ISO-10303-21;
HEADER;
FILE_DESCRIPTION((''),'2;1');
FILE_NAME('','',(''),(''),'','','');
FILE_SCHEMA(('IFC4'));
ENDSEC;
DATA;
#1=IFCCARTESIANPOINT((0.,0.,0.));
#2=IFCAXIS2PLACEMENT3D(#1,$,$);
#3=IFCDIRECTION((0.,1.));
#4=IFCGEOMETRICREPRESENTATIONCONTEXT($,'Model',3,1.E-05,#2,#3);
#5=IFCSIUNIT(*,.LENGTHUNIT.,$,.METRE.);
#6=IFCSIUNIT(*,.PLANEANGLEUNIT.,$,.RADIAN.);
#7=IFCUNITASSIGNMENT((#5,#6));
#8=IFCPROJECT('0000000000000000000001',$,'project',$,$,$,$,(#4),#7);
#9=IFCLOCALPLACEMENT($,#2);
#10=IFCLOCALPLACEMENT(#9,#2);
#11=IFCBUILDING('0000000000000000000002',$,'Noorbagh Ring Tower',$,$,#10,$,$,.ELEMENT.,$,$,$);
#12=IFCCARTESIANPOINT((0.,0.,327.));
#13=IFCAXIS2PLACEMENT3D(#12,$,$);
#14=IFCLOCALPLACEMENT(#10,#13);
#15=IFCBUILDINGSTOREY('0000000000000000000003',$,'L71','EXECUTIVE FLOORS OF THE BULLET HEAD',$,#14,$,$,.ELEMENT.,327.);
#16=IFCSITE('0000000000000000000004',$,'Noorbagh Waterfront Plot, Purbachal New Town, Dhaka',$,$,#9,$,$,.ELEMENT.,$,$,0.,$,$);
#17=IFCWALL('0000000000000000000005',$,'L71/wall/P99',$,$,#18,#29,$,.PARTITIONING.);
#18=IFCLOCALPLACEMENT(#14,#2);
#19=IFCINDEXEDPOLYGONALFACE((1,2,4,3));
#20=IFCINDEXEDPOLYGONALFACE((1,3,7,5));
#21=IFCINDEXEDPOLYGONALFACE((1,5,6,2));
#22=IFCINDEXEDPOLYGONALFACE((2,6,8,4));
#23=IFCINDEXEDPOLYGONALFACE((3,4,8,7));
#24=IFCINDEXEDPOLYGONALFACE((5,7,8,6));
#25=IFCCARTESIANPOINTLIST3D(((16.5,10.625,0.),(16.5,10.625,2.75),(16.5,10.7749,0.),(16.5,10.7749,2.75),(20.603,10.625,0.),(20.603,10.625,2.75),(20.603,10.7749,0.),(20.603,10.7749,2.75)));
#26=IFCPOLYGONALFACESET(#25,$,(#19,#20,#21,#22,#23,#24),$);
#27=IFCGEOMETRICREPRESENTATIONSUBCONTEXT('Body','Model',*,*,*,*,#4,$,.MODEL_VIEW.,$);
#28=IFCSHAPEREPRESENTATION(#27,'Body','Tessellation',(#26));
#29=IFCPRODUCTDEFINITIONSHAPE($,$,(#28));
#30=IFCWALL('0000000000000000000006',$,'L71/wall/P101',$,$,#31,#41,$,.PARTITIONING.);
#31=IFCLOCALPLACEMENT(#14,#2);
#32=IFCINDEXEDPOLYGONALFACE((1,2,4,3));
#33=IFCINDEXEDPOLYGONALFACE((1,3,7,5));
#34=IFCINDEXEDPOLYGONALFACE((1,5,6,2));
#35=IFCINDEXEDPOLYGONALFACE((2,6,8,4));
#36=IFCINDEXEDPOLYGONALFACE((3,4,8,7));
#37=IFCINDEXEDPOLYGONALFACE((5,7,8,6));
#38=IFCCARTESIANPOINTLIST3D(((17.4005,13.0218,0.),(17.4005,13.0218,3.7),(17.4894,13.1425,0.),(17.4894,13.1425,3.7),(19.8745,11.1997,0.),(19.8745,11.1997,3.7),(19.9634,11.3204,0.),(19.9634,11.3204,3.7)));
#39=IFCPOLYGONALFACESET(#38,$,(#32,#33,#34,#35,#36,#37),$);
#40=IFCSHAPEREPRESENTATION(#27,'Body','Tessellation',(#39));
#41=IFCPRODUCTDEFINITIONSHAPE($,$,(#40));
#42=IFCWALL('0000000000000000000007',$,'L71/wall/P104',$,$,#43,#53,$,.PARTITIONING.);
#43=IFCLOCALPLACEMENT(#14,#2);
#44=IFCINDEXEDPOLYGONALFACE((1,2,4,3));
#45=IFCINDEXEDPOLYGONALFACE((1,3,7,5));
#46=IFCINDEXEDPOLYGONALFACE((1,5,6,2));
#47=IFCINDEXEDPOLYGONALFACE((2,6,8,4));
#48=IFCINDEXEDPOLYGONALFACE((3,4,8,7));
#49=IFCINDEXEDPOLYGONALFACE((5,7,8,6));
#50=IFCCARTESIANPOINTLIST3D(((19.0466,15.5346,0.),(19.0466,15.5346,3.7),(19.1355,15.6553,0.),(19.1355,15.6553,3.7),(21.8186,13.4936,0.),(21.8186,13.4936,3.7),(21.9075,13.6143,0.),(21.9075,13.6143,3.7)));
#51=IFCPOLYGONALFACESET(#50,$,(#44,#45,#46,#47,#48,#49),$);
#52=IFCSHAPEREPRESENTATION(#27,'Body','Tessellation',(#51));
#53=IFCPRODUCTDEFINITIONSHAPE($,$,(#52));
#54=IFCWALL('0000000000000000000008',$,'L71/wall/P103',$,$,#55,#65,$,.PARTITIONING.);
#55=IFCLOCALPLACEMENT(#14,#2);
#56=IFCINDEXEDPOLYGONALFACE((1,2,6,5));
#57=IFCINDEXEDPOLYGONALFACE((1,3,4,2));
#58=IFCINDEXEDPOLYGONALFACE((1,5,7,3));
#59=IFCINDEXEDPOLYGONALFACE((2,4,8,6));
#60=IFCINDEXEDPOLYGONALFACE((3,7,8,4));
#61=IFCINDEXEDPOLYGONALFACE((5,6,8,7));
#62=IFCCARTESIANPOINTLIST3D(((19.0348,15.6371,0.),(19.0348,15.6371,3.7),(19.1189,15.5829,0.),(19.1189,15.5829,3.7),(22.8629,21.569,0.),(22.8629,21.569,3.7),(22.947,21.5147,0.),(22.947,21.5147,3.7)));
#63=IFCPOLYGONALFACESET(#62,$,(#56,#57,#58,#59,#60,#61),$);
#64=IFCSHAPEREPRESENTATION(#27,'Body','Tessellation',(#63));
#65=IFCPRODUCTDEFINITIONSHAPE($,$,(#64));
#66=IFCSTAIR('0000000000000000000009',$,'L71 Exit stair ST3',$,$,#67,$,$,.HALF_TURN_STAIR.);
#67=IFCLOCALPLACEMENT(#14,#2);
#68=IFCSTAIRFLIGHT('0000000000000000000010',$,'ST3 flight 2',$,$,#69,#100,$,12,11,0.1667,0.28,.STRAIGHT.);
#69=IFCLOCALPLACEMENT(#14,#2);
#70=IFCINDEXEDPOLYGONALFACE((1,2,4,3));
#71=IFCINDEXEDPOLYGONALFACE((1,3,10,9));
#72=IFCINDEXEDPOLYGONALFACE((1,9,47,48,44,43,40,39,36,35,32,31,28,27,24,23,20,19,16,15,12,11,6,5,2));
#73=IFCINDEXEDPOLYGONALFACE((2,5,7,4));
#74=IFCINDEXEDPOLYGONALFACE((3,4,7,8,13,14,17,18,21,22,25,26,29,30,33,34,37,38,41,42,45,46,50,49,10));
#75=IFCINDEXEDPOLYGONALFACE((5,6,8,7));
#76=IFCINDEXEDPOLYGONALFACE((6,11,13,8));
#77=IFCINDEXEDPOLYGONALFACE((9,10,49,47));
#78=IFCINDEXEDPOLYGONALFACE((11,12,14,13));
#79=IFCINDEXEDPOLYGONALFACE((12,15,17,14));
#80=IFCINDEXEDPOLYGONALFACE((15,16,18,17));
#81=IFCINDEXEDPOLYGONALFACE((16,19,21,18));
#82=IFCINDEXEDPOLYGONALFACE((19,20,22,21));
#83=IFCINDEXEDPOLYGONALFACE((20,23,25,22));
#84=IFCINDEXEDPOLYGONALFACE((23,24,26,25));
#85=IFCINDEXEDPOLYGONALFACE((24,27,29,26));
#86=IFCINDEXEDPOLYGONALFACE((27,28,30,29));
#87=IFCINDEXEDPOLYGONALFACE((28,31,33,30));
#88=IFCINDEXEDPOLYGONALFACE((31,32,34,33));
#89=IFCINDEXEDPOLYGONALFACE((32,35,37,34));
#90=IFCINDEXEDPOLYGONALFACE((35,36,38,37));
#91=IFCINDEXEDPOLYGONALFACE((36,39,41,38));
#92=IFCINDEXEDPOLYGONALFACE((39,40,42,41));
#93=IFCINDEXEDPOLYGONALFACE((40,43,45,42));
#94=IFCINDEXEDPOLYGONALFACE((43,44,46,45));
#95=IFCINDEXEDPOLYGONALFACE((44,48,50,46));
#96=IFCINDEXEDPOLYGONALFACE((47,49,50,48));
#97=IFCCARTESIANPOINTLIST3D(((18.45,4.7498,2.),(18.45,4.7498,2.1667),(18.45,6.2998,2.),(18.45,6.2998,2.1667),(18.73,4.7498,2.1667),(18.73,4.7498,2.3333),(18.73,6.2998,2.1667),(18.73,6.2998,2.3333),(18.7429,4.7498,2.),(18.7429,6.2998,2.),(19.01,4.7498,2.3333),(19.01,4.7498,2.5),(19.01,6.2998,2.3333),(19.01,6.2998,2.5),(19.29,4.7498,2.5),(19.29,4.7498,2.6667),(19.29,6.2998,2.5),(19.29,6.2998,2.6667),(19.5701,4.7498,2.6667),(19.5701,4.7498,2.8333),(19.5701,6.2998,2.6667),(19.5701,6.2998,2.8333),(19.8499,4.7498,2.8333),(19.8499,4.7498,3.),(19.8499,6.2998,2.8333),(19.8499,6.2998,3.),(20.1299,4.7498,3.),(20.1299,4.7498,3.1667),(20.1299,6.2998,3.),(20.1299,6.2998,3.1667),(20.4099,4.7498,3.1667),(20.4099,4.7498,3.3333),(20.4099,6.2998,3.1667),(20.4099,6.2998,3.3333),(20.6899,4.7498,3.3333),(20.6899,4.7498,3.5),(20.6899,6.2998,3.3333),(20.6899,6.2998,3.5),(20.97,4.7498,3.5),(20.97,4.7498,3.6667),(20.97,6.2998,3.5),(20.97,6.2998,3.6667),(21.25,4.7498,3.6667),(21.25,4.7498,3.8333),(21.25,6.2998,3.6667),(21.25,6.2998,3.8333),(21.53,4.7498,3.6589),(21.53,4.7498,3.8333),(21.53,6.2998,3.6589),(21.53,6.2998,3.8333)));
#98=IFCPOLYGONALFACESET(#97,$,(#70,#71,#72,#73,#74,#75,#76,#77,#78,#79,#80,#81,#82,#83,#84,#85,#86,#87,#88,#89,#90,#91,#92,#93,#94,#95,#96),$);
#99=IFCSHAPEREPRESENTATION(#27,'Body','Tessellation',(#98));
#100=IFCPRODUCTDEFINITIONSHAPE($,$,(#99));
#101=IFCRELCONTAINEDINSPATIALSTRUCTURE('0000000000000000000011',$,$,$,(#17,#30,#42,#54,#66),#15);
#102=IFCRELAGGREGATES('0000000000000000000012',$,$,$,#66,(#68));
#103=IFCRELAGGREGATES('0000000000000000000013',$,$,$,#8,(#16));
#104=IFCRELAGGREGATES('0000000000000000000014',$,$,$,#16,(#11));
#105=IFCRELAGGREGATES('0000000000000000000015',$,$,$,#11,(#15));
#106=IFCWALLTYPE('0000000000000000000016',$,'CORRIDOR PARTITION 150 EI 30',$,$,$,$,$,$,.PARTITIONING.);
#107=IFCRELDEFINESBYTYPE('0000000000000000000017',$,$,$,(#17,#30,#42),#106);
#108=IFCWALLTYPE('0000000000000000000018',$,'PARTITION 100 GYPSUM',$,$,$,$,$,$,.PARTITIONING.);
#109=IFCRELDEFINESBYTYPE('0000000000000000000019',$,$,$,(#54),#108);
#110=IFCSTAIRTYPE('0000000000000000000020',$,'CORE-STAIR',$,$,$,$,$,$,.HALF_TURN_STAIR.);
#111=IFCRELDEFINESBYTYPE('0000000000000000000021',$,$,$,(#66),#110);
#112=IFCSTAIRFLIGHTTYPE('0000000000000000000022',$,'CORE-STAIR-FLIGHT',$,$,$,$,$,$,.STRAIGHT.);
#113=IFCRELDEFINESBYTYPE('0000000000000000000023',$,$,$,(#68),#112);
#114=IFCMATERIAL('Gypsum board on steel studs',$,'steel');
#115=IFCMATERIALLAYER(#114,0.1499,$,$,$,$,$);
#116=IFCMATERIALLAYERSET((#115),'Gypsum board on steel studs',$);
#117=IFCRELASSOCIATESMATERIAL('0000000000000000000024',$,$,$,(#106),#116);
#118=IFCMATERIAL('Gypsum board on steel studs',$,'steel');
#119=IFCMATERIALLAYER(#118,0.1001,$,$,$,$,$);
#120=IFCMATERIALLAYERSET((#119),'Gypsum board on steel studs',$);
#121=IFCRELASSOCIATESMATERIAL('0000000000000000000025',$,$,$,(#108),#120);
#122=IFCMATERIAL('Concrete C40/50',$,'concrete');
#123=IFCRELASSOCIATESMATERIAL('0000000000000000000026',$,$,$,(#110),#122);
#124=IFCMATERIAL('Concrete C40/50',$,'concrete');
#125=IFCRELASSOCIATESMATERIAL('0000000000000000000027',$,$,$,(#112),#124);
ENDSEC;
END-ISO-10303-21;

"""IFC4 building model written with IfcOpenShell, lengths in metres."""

from ifc_helpers import new_model, si_unit, direction, frame, frame_2d, origin, place, context, subcontext, project, spatial, polyline, rectangle, outline, extrude, material, layer, layer_set, type_object, element, aggregate, save


model = new_model("IFC4")

# Units and contexts
model_context = context("Model", 3, precision=1e-05, world=origin(), true_north=direction((0.0, 1.0)))
body_context = subcontext(model_context, "Body", "Model", "MODEL_VIEW")
ifc_project = project(units=[si_unit("LENGTHUNIT", "METRE"), si_unit("PLANEANGLEUNIT", "RADIAN")], contexts=[model_context])

# Site, building, storey
site_placement = place(None, origin())
site = spatial("IfcSite", under=ifc_project, at=site_placement, Name="Noorbagh Waterfront Plot, Purbachal New Town, Dhaka", CompositionType="ELEMENT", RefElevation=0.0)
building_placement = place(site_placement, origin())
building = spatial("IfcBuilding", under=site, at=building_placement, Name="Noorbagh Ring Tower", CompositionType="ELEMENT")
storey_placement = place(building_placement, frame((0.0, 0.0, 327.0)))
storey = spatial("IfcBuildingStorey", under=building, at=storey_placement, Name="L71", Description="EXECUTIVE FLOORS OF THE BULLET HEAD", CompositionType="ELEMENT", Elevation=327.0)

# Walls
ifc_material_1 = material(Name="Gypsum board on steel studs", Category="steel")
ifc_layer_1 = layer(ifc_material_1, 0.1499)
ifc_layer_set_1 = layer_set([ifc_layer_1], Name="Gypsum board on steel studs")
wall_type_1 = type_object("IfcWallType", Name="CORRIDOR PARTITION 150 EI 30", PredefinedType="PARTITIONING", material=ifc_layer_set_1)
wall_1_placement = place(storey_placement, frame((16.5, 10.7, 0.0), z_axis=(0.0, 0.0, 1.0), x_axis=(1.0, 0.0, 0.0)))
element("IfcWall", 1, at=wall_1_placement, inside=storey, type_object=wall_type_1, Name="L71/wall/P99", PredefinedType="PARTITIONING", context=body_context, shape_type="SweptSolid", body=[
    extrude(rectangle(XDim=4.103, YDim=0.1499, at=frame_2d((2.0515, 0.0))), origin(), (0.0, 0.0, 1.0), 2.75),
])
wall_2_placement = place(storey_placement, frame((17.4451, 13.082, 0.0), z_axis=(0.0, 0.0, 1.0), x_axis=(0.805186, -0.593023, 0.0)))
element("IfcWall", 2, at=wall_2_placement, inside=storey, type_object=wall_type_1, Name="L71/wall/P101", PredefinedType="PARTITIONING", context=body_context, shape_type="SweptSolid", body=[
    extrude(rectangle(XDim=3.0725, YDim=0.1499, at=frame_2d((1.5361, 0.0))), origin(), (0.0, 0.0, 1.0), 3.7),
])
wall_3_placement = place(storey_placement, frame((19.0911, 15.595, 0.0), z_axis=(0.0, 0.0, 1.0), x_axis=(0.805263, -0.592918, 0.0)))
element("IfcWall", 3, at=wall_3_placement, inside=storey, type_object=wall_type_1, Name="L71/wall/P104", PredefinedType="PARTITIONING", context=body_context, shape_type="SweptSolid", body=[
    extrude(rectangle(XDim=3.4424, YDim=0.1499, at=frame_2d((1.7212, 0.0))), origin(), (0.0, 0.0, 1.0), 3.7),
])
ifc_material_2 = material(Name="Gypsum board on steel studs", Category="steel")
ifc_layer_2 = layer(ifc_material_2, 0.1001)
ifc_layer_set_2 = layer_set([ifc_layer_2], Name="Gypsum board on steel studs")
wall_type_2 = type_object("IfcWallType", Name="PARTITION 100 GYPSUM", PredefinedType="PARTITIONING", material=ifc_layer_set_2)
wall_4_placement = place(storey_placement, frame((19.0769, 15.6101, 0.0), z_axis=(0.0, 0.0, 1.0), x_axis=(0.542237, 0.840225, 0.0)))
element("IfcWall", 4, at=wall_4_placement, inside=storey, type_object=wall_type_2, Name="L71/wall/P103", PredefinedType="PARTITIONING", context=body_context, shape_type="SweptSolid", body=[
    extrude(rectangle(XDim=7.0598, YDim=0.1001, at=frame_2d((3.5298, 0.0))), origin(), (0.0, 0.0, 1.0), 3.7),
])

# Stair, stair flight
ifc_material_3 = material(Name="Concrete C40/50", Category="concrete")
stair_type = type_object("IfcStairType", Name="CORE-STAIR", PredefinedType="HALF_TURN_STAIR", material=ifc_material_3)
stair_placement = place(storey_placement, origin())
stair = element("IfcStair", 5, at=stair_placement, inside=storey, type_object=stair_type, Name="L71 Exit stair ST3", PredefinedType="HALF_TURN_STAIR")
ifc_material_4 = material(Name="Concrete C40/50", Category="concrete")
stair_flight_type = type_object("IfcStairFlightType", Name="CORE-STAIR-FLIGHT", PredefinedType="STRAIGHT", material=ifc_material_4)
stair_flight_placement = place(storey_placement, frame((18.45, 5.5249, 2.0), z_axis=(0.0, 0.0, 1.0), x_axis=(1.0, 0.0, 0.0)))
stair_flight = element("IfcStairFlight", 6, at=stair_flight_placement, type_object=stair_flight_type, Name="ST3 flight 2", NumberOfRisers=12, NumberOfTreads=11, PredefinedType="STRAIGHT", RiserHeight=0.1667, TreadLength=0.28, context=body_context, shape_type="SweptSolid", body=[
    extrude(outline(polyline([(0.0, 0.0), (0.0, 0.1667), (0.28, 0.1667), (0.28, 0.3333), (0.5601, 0.3333), (0.5601, 0.5), (0.8401, 0.5), (0.8401, 0.6667), (1.1201, 0.6667), (1.1201, 0.8333), (1.3999, 0.8333), (1.3999, 1.0), (1.6799, 1.0), (1.6799, 1.1667), (1.96, 1.1667), (1.96, 1.3333), (2.24, 1.3333), (2.24, 1.5), (2.52, 1.5), (2.52, 1.6667), (2.8, 1.6667), (2.8, 1.8333), (3.0801, 1.8333), (3.0801, 2.0), (3.0801, 1.6589), (0.293, 0.0), (0.0, 0.0)])), frame((0.0, 0.7749, 0.0), z_axis=(0.0, -1.0, 0.0), x_axis=(1.0, 0.0, 0.0)), (0.0, 0.0, 1.0), 1.55),
])
aggregate(stair, [stair_flight])

save(model, "model.ifc")
